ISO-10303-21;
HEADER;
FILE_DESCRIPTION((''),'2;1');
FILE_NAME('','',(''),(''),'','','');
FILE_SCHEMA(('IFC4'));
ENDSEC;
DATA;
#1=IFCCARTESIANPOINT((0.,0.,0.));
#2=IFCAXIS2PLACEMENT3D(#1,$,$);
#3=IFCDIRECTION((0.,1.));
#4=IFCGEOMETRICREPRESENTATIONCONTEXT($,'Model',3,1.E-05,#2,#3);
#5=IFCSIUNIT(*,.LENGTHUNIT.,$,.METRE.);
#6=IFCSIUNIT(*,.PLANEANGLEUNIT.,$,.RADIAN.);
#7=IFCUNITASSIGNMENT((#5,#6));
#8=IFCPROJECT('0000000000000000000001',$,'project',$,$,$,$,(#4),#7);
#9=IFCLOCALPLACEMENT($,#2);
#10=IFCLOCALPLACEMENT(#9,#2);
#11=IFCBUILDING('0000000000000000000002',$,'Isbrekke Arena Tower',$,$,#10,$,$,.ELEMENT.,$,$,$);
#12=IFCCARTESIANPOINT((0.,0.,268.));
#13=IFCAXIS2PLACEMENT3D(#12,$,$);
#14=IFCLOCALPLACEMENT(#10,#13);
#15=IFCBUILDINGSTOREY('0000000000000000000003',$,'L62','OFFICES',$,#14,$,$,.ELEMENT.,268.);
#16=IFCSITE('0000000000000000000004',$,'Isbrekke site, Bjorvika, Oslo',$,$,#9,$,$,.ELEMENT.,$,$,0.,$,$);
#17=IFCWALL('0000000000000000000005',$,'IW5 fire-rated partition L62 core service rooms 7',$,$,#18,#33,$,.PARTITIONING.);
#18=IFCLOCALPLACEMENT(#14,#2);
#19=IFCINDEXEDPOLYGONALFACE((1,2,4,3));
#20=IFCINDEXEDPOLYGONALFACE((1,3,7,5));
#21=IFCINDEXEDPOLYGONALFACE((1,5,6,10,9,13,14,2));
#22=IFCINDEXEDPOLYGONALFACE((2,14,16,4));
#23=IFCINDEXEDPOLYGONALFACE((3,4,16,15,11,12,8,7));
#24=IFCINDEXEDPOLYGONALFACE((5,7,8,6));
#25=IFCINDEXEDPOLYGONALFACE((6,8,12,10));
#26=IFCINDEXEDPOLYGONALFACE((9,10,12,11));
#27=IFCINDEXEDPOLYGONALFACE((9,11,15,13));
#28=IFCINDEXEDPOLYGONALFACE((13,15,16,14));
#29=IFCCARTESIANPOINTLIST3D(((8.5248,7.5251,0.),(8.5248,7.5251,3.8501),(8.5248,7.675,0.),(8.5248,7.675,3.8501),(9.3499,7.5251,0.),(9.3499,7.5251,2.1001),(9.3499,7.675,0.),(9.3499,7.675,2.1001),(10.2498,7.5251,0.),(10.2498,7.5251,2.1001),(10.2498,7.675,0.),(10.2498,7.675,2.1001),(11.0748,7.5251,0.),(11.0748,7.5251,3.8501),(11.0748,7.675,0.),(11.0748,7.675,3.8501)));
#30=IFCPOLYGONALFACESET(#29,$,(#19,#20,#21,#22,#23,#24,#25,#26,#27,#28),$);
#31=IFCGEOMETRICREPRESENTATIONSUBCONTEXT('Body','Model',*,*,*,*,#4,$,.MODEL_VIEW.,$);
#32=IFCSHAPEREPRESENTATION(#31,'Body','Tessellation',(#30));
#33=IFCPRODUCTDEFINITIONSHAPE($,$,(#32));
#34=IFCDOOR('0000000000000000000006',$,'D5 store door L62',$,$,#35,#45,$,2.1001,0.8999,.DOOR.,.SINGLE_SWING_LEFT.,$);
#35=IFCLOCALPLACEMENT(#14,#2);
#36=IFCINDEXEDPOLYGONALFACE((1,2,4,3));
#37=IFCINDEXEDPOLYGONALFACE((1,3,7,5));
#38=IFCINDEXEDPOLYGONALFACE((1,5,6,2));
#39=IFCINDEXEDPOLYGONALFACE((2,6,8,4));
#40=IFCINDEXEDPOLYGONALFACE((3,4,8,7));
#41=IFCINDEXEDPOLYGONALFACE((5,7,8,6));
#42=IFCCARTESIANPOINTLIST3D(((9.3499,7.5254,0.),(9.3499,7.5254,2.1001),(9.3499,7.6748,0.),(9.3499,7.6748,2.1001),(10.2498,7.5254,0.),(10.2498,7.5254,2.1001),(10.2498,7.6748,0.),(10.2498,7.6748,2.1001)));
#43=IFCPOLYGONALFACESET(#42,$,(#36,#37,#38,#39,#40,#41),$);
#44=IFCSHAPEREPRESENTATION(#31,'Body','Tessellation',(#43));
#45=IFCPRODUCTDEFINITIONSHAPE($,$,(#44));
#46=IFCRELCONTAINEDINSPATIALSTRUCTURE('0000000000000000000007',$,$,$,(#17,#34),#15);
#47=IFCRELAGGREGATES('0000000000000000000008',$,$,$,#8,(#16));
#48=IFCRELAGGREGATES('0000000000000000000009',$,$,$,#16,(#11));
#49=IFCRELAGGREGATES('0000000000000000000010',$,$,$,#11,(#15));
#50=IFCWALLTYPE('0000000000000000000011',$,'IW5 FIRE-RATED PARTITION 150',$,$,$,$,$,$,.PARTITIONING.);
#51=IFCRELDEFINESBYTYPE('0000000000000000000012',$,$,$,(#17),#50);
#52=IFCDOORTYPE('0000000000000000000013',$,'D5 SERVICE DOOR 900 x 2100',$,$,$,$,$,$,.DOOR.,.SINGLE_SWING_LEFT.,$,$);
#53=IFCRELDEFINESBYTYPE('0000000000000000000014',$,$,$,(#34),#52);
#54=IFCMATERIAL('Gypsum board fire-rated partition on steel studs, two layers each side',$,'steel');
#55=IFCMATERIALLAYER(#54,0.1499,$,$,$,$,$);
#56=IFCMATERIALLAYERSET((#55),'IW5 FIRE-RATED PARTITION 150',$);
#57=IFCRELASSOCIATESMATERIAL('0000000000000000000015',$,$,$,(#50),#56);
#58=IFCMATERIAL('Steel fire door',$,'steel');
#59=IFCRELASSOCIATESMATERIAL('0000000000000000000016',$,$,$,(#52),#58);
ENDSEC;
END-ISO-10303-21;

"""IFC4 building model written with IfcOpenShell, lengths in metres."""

from ifc_helpers import new_model, si_unit, direction, frame, frame_2d, origin, place, context, subcontext, project, spatial, rectangle, extrude, material, layer, layer_set, type_object, element, fill, save


model = new_model("IFC4")

# Units and contexts
model_context = context("Model", 3, precision=1e-05, world=origin(), true_north=direction((0.0, 1.0)))
body_context = subcontext(model_context, "Body", "Model", "MODEL_VIEW")
ifc_project = project(units=[si_unit("LENGTHUNIT", "METRE"), si_unit("PLANEANGLEUNIT", "RADIAN")], contexts=[model_context])

# Site, building, storey
site_placement = place(None, origin())
site = spatial("IfcSite", under=ifc_project, at=site_placement, Name="Isbrekke site, Bjorvika, Oslo", CompositionType="ELEMENT", RefElevation=0.0)
building_placement = place(site_placement, origin())
building = spatial("IfcBuilding", under=site, at=building_placement, Name="Isbrekke Arena Tower", CompositionType="ELEMENT")
storey_placement = place(building_placement, frame((0.0, 0.0, 268.0)))
storey = spatial("IfcBuildingStorey", under=building, at=storey_placement, Name="L62", Description="OFFICES", CompositionType="ELEMENT", Elevation=268.0)

# Shared definitions
ifc_material_1 = material(Name="Gypsum board fire-rated partition on steel studs, two layers each side", Category="steel")
ifc_layer_1 = layer(ifc_material_1, 0.1499)
ifc_layer_set_1 = layer_set([ifc_layer_1], Name="IW5 FIRE-RATED PARTITION 150")
wall_type_1 = type_object("IfcWallType", Name="IW5 FIRE-RATED PARTITION 150", PredefinedType="PARTITIONING", material=ifc_layer_set_1)

# Wall, opening, door
ifc_material_2 = material(Name="Steel fire door", Category="steel")
door_type = type_object("IfcDoorType", Name="D5 SERVICE DOOR 900 x 2100", OperationType="SINGLE_SWING_LEFT", PredefinedType="DOOR", material=ifc_material_2)
wall_1_placement = place(storey_placement, frame((8.5249, 7.6001, 0.0), z_axis=(0.0, 0.0, 1.0), x_axis=(1.0, 0.0, 0.0)))
wall_1 = element("IfcWall", 1, at=wall_1_placement, inside=storey, type_object=wall_type_1, Name="IW5 fire-rated partition L62 core service rooms 7", PredefinedType="PARTITIONING", context=body_context, shape_type="SweptSolid", body=[
    extrude(rectangle(XDim=2.55, YDim=0.1499, at=frame_2d((1.2749, 0.0))), origin(), (0.0, 0.0, 1.0), 3.8501),
])
opening_1_placement = place(wall_1_placement, frame((0.825, 0.0, 0.0)))
opening_1 = element("IfcOpeningElement", 2, at=opening_1_placement, cuts=wall_1, PredefinedType="OPENING", context=body_context, shape_type="SweptSolid", body=[
    extrude(rectangle(XDim=0.8999, YDim=2.1001, at=frame_2d((0.45, 1.05))), frame((0.0, 0.0898, 0.0), z_axis=(0.0, -1.0, 0.0), x_axis=(1.0, 0.0, 0.0)), (0.0, 0.0, 1.0), 0.1797),
])
door_1_placement = place(opening_1_placement, origin())
door_1 = element("IfcDoor", 3, at=door_1_placement, inside=storey, type_object=door_type, Name="D5 store door L62", OperationType="SINGLE_SWING_LEFT", OverallHeight=2.1001, OverallWidth=0.8999, PredefinedType="DOOR", context=body_context, shape_type="SweptSolid", body=[
    extrude(rectangle(XDim=0.8999, YDim=2.1001, at=frame_2d((0.45, 1.05))), frame((0.0, 0.0747, 0.0), z_axis=(0.0, -1.0, 0.0), x_axis=(1.0, 0.0, 0.0)), (0.0, 0.0, 1.0), 0.1494),
])
fill(opening_1, door_1)

save(model, "model.ifc")
